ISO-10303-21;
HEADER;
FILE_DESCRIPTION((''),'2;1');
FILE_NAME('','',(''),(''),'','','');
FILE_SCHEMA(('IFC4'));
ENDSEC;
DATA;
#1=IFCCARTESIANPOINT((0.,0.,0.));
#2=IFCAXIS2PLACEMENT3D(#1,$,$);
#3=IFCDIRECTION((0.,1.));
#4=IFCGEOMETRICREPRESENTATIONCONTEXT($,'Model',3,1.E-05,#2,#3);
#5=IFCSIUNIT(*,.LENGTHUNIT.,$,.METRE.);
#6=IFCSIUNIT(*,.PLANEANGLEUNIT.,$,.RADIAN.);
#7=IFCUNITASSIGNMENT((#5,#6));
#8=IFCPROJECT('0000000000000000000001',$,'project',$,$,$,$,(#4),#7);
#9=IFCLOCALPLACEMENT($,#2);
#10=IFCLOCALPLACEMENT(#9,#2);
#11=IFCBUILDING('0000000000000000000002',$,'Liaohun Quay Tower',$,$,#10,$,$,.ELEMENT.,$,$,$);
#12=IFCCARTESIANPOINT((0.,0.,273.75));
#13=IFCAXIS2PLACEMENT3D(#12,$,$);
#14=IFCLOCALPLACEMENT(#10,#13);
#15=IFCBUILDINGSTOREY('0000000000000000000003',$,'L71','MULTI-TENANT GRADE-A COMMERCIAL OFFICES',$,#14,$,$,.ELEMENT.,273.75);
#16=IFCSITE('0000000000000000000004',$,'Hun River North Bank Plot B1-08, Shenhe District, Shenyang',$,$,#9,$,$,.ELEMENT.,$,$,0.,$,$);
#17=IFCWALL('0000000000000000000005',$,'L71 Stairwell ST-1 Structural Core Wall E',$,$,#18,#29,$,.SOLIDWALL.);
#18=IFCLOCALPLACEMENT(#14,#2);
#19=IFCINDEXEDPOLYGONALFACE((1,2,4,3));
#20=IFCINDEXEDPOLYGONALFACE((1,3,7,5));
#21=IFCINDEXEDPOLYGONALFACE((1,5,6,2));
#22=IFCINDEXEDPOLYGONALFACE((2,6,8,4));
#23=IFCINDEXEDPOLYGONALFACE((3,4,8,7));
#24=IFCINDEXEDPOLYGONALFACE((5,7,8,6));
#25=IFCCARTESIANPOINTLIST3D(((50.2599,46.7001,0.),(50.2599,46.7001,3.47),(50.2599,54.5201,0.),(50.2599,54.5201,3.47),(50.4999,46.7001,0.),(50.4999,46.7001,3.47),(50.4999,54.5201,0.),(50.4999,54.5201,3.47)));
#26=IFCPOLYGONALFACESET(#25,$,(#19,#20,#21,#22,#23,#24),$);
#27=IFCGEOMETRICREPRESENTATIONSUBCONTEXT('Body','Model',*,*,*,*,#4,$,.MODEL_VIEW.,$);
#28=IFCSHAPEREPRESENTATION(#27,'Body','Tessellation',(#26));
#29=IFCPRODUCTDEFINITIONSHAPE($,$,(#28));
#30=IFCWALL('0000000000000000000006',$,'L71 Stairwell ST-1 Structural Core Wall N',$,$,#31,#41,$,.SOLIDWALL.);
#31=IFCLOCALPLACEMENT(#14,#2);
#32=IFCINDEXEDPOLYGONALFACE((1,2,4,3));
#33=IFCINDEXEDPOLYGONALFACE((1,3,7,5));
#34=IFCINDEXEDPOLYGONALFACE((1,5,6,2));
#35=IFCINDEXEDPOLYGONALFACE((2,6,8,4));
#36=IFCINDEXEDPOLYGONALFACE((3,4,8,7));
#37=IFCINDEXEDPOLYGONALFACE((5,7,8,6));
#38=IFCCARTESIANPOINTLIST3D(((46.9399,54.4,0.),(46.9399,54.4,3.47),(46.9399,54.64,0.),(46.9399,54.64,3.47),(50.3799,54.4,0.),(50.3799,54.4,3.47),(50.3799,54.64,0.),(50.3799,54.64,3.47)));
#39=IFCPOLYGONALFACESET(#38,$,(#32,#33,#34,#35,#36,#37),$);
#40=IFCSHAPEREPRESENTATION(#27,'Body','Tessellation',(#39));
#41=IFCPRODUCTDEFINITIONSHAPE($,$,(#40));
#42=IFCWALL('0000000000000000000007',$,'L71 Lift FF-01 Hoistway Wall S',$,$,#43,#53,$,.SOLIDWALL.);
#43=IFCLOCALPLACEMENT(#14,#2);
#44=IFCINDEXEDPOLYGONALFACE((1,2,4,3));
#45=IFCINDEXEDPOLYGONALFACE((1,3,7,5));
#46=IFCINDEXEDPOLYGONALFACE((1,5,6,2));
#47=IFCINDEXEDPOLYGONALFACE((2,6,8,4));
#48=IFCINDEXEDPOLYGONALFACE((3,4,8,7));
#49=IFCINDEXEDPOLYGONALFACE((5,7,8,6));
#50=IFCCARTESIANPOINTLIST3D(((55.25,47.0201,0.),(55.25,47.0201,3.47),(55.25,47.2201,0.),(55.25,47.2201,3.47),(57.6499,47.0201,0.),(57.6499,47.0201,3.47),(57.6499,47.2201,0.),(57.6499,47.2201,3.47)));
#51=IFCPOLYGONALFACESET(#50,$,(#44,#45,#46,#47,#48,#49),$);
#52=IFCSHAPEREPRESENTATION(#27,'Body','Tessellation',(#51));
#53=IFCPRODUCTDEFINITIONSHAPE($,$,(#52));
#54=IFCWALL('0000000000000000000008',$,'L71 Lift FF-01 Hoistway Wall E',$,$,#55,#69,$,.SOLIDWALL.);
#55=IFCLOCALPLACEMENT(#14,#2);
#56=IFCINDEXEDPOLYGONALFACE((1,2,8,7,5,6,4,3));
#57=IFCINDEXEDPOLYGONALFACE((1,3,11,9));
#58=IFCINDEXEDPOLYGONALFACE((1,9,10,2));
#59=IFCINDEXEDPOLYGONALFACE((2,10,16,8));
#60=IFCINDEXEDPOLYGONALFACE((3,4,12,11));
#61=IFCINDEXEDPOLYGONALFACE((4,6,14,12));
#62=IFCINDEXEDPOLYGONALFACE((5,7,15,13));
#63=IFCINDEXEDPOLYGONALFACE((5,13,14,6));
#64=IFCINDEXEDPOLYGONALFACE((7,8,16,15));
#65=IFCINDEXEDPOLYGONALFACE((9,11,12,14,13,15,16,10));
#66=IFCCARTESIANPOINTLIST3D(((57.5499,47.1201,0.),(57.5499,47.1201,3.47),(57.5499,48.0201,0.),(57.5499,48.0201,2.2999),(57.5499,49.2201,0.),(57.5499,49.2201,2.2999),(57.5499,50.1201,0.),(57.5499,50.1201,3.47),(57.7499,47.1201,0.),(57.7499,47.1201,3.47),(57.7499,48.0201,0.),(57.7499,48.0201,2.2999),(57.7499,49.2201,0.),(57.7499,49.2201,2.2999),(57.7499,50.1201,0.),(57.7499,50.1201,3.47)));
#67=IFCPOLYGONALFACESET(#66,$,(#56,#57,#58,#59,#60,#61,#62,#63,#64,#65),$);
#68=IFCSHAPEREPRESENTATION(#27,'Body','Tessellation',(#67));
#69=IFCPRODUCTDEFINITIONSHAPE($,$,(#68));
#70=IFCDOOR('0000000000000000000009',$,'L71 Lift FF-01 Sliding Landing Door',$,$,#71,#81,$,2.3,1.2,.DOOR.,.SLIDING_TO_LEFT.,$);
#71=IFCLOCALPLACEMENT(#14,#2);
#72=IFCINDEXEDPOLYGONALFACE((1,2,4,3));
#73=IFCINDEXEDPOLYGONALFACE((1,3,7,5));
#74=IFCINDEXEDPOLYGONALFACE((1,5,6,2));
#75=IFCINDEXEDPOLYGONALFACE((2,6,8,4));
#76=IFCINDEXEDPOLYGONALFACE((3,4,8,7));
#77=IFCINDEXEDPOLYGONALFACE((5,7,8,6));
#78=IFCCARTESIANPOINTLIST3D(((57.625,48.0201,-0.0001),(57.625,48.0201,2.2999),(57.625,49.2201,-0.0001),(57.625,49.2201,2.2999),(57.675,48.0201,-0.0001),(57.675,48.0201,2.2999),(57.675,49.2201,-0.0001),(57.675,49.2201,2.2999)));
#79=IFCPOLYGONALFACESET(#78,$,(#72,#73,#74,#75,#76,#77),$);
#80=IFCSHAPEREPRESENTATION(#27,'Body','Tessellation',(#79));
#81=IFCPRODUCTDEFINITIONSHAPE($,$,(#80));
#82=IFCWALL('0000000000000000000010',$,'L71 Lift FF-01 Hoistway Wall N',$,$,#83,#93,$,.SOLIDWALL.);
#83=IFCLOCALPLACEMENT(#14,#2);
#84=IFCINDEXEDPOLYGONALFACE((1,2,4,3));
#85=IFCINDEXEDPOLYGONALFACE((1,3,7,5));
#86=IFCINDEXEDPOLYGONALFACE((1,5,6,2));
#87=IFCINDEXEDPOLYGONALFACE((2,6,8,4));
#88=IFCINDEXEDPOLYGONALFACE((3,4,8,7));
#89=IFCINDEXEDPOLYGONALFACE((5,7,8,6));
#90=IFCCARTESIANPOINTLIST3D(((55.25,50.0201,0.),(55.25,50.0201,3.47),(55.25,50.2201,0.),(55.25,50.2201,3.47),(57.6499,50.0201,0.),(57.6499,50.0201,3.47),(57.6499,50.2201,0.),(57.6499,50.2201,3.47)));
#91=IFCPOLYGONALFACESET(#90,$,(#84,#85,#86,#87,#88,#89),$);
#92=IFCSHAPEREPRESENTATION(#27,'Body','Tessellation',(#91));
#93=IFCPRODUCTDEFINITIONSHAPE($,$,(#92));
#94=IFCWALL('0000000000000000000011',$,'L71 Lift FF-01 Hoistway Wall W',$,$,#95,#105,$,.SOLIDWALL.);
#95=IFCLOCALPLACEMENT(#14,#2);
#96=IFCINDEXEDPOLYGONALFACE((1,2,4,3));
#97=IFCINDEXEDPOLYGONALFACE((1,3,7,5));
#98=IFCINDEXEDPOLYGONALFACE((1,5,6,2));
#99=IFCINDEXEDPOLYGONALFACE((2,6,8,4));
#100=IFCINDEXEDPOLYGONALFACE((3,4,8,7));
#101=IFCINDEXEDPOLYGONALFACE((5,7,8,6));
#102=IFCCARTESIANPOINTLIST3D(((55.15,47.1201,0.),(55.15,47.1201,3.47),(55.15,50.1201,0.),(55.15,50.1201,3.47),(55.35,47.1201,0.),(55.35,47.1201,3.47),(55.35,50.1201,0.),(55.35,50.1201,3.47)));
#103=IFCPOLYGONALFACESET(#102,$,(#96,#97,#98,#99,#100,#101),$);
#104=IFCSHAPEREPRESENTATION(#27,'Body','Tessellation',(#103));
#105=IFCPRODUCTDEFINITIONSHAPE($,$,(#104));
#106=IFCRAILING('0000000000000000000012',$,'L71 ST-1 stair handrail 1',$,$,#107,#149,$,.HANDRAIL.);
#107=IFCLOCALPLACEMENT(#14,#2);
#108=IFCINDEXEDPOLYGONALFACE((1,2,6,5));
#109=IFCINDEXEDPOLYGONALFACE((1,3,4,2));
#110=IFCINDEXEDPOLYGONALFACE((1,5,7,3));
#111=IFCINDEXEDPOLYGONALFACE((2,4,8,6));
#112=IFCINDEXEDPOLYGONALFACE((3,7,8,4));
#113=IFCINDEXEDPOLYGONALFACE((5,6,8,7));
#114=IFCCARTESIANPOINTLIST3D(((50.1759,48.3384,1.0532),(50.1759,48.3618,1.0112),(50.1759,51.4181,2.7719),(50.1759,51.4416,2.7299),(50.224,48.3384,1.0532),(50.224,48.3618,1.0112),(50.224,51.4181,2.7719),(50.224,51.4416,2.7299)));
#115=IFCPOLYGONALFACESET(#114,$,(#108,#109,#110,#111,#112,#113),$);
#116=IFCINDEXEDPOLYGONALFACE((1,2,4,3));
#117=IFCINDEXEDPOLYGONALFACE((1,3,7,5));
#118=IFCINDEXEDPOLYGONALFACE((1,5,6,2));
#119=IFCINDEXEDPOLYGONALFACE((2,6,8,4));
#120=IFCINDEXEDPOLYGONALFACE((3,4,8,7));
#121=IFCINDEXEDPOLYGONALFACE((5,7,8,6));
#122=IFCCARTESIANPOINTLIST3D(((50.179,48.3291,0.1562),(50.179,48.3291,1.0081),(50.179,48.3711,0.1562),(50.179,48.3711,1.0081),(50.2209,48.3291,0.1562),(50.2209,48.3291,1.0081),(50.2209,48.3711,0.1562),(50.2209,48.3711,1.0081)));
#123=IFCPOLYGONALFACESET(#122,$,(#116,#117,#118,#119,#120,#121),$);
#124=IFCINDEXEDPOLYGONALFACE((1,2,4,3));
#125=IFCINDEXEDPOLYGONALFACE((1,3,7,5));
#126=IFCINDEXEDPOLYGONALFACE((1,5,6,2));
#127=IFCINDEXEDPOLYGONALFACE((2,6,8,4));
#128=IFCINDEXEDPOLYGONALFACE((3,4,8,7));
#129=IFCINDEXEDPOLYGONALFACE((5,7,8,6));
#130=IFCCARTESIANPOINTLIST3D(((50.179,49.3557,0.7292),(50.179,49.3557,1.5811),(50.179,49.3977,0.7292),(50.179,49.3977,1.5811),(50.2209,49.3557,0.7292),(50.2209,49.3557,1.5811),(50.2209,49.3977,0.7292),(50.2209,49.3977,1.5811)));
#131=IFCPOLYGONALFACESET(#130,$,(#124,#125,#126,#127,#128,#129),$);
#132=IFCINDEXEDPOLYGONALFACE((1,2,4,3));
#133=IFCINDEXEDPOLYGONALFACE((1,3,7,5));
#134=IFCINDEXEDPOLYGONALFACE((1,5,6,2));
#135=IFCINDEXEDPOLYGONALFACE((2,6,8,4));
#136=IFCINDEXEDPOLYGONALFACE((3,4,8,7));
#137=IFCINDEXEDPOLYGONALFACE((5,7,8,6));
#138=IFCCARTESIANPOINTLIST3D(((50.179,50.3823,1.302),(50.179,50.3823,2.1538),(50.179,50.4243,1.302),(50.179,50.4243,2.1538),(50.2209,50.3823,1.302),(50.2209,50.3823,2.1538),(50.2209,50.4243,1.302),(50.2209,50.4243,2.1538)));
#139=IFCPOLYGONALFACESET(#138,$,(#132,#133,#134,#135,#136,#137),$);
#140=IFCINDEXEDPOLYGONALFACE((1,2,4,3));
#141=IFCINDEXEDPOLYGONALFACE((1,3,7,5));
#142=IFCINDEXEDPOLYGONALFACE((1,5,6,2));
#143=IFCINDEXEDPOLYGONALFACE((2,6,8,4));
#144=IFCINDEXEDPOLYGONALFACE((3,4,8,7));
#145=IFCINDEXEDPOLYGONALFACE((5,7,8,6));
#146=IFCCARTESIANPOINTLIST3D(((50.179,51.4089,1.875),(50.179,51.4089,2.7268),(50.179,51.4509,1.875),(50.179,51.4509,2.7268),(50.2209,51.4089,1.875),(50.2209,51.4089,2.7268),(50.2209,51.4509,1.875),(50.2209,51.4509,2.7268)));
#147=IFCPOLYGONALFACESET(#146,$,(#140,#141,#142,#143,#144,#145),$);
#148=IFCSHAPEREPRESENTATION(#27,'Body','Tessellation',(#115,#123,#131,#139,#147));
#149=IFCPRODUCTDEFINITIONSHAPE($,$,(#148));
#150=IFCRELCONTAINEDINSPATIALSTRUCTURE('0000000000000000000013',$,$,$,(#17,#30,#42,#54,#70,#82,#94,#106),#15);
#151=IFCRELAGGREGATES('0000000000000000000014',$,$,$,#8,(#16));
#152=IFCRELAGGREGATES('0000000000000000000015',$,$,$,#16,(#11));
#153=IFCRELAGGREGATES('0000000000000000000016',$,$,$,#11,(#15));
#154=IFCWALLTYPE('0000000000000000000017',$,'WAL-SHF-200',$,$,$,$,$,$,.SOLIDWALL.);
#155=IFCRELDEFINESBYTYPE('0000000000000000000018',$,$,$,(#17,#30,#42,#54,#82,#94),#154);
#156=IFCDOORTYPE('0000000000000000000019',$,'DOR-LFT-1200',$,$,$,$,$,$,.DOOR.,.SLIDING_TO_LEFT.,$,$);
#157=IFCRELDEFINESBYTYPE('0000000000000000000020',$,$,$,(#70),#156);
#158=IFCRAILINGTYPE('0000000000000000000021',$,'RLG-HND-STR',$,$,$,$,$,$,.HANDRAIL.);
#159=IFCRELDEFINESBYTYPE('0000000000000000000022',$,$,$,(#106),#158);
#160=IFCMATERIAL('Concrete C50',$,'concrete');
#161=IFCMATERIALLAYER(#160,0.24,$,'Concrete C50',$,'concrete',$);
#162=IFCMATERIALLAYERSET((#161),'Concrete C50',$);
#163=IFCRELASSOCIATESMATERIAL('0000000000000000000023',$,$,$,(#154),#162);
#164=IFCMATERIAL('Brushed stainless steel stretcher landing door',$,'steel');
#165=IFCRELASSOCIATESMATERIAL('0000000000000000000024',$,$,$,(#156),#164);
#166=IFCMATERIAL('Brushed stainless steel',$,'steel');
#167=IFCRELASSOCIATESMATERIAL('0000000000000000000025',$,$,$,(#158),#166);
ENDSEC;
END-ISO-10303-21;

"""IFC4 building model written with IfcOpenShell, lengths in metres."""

from ifc_helpers import new_model, si_unit, direction, frame, frame_2d, origin, origin_2d, place, context, subcontext, project, spatial, rectangle, extrude, source, transform, mapped, material, layer, layer_set, type_object, element, fill, save


model = new_model("IFC4")

# Units and contexts
model_context = context("Model", 3, precision=1e-05, world=origin(), true_north=direction((0.0, 1.0)))
body_context = subcontext(model_context, "Body", "Model", "MODEL_VIEW")
ifc_project = project(units=[si_unit("LENGTHUNIT", "METRE"), si_unit("PLANEANGLEUNIT", "RADIAN")], contexts=[model_context])

# Site, building, storey
site_placement = place(None, origin())
site = spatial("IfcSite", under=ifc_project, at=site_placement, Name="Hun River North Bank Plot B1-08, Shenhe District, Shenyang", CompositionType="ELEMENT", RefElevation=0.0)
building_placement = place(site_placement, origin())
building = spatial("IfcBuilding", under=site, at=building_placement, Name="Liaohun Quay Tower", CompositionType="ELEMENT")
storey_placement = place(building_placement, frame((0.0, 0.0, 273.75)))
storey = spatial("IfcBuildingStorey", under=building, at=storey_placement, Name="L71", Description="MULTI-TENANT GRADE-A COMMERCIAL OFFICES", CompositionType="ELEMENT", Elevation=273.75)

# Walls
ifc_material_1 = material(Name="Concrete C50", Category="concrete")
ifc_layer_1 = layer(ifc_material_1, 0.24, Name="Concrete C50", Category="concrete")
ifc_layer_set_1 = layer_set([ifc_layer_1], Name="Concrete C50")
wall_type_1 = type_object("IfcWallType", Name="WAL-SHF-200", PredefinedType="SOLIDWALL", material=ifc_layer_set_1)
wall_1_placement = place(storey_placement, frame((50.3799, 46.7, 0.0), z_axis=(0.0, 0.0, 1.0), x_axis=(0.0, 1.0, 0.0)))
element("IfcWall", 1, at=wall_1_placement, inside=storey, type_object=wall_type_1, Name="L71 Stairwell ST-1 Structural Core Wall E", PredefinedType="SOLIDWALL", context=body_context, shape_type="SweptSolid", body=[
    extrude(rectangle(XDim=7.8201, YDim=0.24, at=frame_2d((3.9102, 0.0))), origin(), (0.0, 0.0, 1.0), 3.47),
])
wall_2_placement = place(storey_placement, frame((50.3799, 54.52, 0.0), z_axis=(0.0, 0.0, 1.0), x_axis=(-1.0, 0.0, 0.0)))
element("IfcWall", 2, at=wall_2_placement, inside=storey, type_object=wall_type_1, Name="L71 Stairwell ST-1 Structural Core Wall N", PredefinedType="SOLIDWALL", context=body_context, shape_type="SweptSolid", body=[
    extrude(rectangle(XDim=3.4399, YDim=0.24, at=frame_2d((1.72, 0.0))), origin(), (0.0, 0.0, 1.0), 3.47),
])
wall_3_placement = place(storey_placement, frame((55.25, 47.1201, 0.0), z_axis=(0.0, 0.0, 1.0), x_axis=(1.0, 0.0, 0.0)))
element("IfcWall", 3, at=wall_3_placement, inside=storey, type_object=wall_type_1, Name="L71 Lift FF-01 Hoistway Wall S", PredefinedType="SOLIDWALL", context=body_context, shape_type="SweptSolid", body=[
    extrude(rectangle(XDim=2.3999, YDim=0.2, at=frame_2d((1.2, 0.0))), origin(), (0.0, 0.0, 1.0), 3.47),
])

# Wall, opening, door
wall_4_placement = place(storey_placement, frame((57.6499, 47.1201, 0.0), z_axis=(0.0, 0.0, 1.0), x_axis=(0.0, 1.0, 0.0)))
wall_4 = element("IfcWall", 4, at=wall_4_placement, inside=storey, type_object=wall_type_1, Name="L71 Lift FF-01 Hoistway Wall E", PredefinedType="SOLIDWALL", context=body_context, shape_type="SweptSolid", body=[
    extrude(rectangle(XDim=3.0, YDim=0.2, at=frame_2d((1.5, 0.0))), origin(), (0.0, 0.0, 1.0), 3.47),
])
shared_shape_1 = source(origin(), body_context, "Body", "SweptSolid", [
    extrude(rectangle(XDim=1.2, YDim=2.3, at=frame_2d((0.6001, 1.1499))), frame((0.0, 0.1099, 0.0), z_axis=(0.0, -1.0, 0.0), x_axis=(1.0, 0.0, 0.0)), (0.0, 0.0, 1.0), 0.22),
])
opening_1_placement = place(wall_4_placement, frame((0.8999, 0.0, 0.0)))
opening_1 = element("IfcOpeningElement", 5, at=opening_1_placement, cuts=wall_4, PredefinedType="OPENING", context=body_context, shape_type="MappedRepresentation", body=[
    mapped(shared_shape_1, transform((0.0, 0.0, 0.0), x_axis=(1.0, 0.0, 0.0), y_axis=(0.0, 1.0, 0.0), z_axis=(0.0, 0.0, 1.0), scale=1.0)),
])
ifc_material_2 = material(Name="Brushed stainless steel stretcher landing door", Category="steel")
door_type_1 = type_object("IfcDoorType", Name="DOR-LFT-1200", OperationType="SLIDING_TO_LEFT", PredefinedType="DOOR", material=ifc_material_2)
shared_shape_2 = source(origin(), body_context, "Body", "SweptSolid", [
    extrude(rectangle(XDim=1.2, YDim=2.3, at=frame_2d((0.6001, 1.1499))), frame((0.0, 0.0249, 0.0), z_axis=(0.0, -1.0, 0.0), x_axis=(1.0, 0.0, 0.0)), (0.0, 0.0, 1.0), 0.05),
])
door_1_placement = place(opening_1_placement, origin())
door_1 = element("IfcDoor", 6, at=door_1_placement, inside=storey, type_object=door_type_1, Name="L71 Lift FF-01 Sliding Landing Door", OperationType="SLIDING_TO_LEFT", OverallHeight=2.3, OverallWidth=1.2, PredefinedType="DOOR", context=body_context, shape_type="MappedRepresentation", body=[
    mapped(shared_shape_2, transform((0.0, 0.0, 0.0), x_axis=(1.0, 0.0, 0.0), y_axis=(0.0, 1.0, 0.0), z_axis=(0.0, 0.0, 1.0), scale=1.0)),
])
fill(opening_1, door_1)

# Walls
wall_5_placement = place(storey_placement, frame((57.6499, 50.1201, 0.0), z_axis=(0.0, 0.0, 1.0), x_axis=(-1.0, 0.0, 0.0)))
element("IfcWall", 7, at=wall_5_placement, inside=storey, type_object=wall_type_1, Name="L71 Lift FF-01 Hoistway Wall N", PredefinedType="SOLIDWALL", context=body_context, shape_type="SweptSolid", body=[
    extrude(rectangle(XDim=2.3999, YDim=0.2, at=frame_2d((1.2, 0.0))), origin(), (0.0, 0.0, 1.0), 3.47),
])
wall_6_placement = place(storey_placement, frame((55.25, 50.1201, 0.0), z_axis=(0.0, 0.0, 1.0), x_axis=(0.0, -1.0, 0.0)))
element("IfcWall", 8, at=wall_6_placement, inside=storey, type_object=wall_type_1, Name="L71 Lift FF-01 Hoistway Wall W", PredefinedType="SOLIDWALL", context=body_context, shape_type="SweptSolid", body=[
    extrude(rectangle(XDim=3.0, YDim=0.2, at=frame_2d((1.5, 0.0))), origin(), (0.0, 0.0, 1.0), 3.47),
])

# Railing
ifc_material_3 = material(Name="Brushed stainless steel", Category="steel")
railing_type = type_object("IfcRailingType", Name="RLG-HND-STR", PredefinedType="HANDRAIL", material=ifc_material_3)
railing_placement = place(storey_placement, frame((50.2, 48.3501, 0.1562)))
element("IfcRailing", 9, at=railing_placement, inside=storey, type_object=railing_type, Name="L71 ST-1 stair handrail 1", PredefinedType="HANDRAIL", context=body_context, shape_type="SweptSolid", body=[
    extrude(rectangle(XDim=0.0481, YDim=0.0481, at=origin_2d()), frame((0.0, 0.0, 0.876), z_axis=(0.0, 0.873225, 0.487317), x_axis=(-1.0, 0.0, 0.0)), (0.0, 0.0, 1.0), 3.5269),
    extrude(rectangle(XDim=0.042, YDim=0.042, at=origin_2d()), origin(), (0.0, 0.0, 1.0), 0.8518),
    extrude(rectangle(XDim=0.042, YDim=0.042, at=origin_2d()), frame((0.0, 1.0266, 0.573)), (0.0, 0.0, 1.0), 0.8518),
    extrude(rectangle(XDim=0.042, YDim=0.042, at=origin_2d()), frame((0.0, 2.0532, 1.1458)), (0.0, 0.0, 1.0), 0.8518),
    extrude(rectangle(XDim=0.042, YDim=0.042, at=origin_2d()), frame((0.0, 3.0798, 1.7188)), (0.0, 0.0, 1.0), 0.8518),
])

save(model, "model.ifc")
